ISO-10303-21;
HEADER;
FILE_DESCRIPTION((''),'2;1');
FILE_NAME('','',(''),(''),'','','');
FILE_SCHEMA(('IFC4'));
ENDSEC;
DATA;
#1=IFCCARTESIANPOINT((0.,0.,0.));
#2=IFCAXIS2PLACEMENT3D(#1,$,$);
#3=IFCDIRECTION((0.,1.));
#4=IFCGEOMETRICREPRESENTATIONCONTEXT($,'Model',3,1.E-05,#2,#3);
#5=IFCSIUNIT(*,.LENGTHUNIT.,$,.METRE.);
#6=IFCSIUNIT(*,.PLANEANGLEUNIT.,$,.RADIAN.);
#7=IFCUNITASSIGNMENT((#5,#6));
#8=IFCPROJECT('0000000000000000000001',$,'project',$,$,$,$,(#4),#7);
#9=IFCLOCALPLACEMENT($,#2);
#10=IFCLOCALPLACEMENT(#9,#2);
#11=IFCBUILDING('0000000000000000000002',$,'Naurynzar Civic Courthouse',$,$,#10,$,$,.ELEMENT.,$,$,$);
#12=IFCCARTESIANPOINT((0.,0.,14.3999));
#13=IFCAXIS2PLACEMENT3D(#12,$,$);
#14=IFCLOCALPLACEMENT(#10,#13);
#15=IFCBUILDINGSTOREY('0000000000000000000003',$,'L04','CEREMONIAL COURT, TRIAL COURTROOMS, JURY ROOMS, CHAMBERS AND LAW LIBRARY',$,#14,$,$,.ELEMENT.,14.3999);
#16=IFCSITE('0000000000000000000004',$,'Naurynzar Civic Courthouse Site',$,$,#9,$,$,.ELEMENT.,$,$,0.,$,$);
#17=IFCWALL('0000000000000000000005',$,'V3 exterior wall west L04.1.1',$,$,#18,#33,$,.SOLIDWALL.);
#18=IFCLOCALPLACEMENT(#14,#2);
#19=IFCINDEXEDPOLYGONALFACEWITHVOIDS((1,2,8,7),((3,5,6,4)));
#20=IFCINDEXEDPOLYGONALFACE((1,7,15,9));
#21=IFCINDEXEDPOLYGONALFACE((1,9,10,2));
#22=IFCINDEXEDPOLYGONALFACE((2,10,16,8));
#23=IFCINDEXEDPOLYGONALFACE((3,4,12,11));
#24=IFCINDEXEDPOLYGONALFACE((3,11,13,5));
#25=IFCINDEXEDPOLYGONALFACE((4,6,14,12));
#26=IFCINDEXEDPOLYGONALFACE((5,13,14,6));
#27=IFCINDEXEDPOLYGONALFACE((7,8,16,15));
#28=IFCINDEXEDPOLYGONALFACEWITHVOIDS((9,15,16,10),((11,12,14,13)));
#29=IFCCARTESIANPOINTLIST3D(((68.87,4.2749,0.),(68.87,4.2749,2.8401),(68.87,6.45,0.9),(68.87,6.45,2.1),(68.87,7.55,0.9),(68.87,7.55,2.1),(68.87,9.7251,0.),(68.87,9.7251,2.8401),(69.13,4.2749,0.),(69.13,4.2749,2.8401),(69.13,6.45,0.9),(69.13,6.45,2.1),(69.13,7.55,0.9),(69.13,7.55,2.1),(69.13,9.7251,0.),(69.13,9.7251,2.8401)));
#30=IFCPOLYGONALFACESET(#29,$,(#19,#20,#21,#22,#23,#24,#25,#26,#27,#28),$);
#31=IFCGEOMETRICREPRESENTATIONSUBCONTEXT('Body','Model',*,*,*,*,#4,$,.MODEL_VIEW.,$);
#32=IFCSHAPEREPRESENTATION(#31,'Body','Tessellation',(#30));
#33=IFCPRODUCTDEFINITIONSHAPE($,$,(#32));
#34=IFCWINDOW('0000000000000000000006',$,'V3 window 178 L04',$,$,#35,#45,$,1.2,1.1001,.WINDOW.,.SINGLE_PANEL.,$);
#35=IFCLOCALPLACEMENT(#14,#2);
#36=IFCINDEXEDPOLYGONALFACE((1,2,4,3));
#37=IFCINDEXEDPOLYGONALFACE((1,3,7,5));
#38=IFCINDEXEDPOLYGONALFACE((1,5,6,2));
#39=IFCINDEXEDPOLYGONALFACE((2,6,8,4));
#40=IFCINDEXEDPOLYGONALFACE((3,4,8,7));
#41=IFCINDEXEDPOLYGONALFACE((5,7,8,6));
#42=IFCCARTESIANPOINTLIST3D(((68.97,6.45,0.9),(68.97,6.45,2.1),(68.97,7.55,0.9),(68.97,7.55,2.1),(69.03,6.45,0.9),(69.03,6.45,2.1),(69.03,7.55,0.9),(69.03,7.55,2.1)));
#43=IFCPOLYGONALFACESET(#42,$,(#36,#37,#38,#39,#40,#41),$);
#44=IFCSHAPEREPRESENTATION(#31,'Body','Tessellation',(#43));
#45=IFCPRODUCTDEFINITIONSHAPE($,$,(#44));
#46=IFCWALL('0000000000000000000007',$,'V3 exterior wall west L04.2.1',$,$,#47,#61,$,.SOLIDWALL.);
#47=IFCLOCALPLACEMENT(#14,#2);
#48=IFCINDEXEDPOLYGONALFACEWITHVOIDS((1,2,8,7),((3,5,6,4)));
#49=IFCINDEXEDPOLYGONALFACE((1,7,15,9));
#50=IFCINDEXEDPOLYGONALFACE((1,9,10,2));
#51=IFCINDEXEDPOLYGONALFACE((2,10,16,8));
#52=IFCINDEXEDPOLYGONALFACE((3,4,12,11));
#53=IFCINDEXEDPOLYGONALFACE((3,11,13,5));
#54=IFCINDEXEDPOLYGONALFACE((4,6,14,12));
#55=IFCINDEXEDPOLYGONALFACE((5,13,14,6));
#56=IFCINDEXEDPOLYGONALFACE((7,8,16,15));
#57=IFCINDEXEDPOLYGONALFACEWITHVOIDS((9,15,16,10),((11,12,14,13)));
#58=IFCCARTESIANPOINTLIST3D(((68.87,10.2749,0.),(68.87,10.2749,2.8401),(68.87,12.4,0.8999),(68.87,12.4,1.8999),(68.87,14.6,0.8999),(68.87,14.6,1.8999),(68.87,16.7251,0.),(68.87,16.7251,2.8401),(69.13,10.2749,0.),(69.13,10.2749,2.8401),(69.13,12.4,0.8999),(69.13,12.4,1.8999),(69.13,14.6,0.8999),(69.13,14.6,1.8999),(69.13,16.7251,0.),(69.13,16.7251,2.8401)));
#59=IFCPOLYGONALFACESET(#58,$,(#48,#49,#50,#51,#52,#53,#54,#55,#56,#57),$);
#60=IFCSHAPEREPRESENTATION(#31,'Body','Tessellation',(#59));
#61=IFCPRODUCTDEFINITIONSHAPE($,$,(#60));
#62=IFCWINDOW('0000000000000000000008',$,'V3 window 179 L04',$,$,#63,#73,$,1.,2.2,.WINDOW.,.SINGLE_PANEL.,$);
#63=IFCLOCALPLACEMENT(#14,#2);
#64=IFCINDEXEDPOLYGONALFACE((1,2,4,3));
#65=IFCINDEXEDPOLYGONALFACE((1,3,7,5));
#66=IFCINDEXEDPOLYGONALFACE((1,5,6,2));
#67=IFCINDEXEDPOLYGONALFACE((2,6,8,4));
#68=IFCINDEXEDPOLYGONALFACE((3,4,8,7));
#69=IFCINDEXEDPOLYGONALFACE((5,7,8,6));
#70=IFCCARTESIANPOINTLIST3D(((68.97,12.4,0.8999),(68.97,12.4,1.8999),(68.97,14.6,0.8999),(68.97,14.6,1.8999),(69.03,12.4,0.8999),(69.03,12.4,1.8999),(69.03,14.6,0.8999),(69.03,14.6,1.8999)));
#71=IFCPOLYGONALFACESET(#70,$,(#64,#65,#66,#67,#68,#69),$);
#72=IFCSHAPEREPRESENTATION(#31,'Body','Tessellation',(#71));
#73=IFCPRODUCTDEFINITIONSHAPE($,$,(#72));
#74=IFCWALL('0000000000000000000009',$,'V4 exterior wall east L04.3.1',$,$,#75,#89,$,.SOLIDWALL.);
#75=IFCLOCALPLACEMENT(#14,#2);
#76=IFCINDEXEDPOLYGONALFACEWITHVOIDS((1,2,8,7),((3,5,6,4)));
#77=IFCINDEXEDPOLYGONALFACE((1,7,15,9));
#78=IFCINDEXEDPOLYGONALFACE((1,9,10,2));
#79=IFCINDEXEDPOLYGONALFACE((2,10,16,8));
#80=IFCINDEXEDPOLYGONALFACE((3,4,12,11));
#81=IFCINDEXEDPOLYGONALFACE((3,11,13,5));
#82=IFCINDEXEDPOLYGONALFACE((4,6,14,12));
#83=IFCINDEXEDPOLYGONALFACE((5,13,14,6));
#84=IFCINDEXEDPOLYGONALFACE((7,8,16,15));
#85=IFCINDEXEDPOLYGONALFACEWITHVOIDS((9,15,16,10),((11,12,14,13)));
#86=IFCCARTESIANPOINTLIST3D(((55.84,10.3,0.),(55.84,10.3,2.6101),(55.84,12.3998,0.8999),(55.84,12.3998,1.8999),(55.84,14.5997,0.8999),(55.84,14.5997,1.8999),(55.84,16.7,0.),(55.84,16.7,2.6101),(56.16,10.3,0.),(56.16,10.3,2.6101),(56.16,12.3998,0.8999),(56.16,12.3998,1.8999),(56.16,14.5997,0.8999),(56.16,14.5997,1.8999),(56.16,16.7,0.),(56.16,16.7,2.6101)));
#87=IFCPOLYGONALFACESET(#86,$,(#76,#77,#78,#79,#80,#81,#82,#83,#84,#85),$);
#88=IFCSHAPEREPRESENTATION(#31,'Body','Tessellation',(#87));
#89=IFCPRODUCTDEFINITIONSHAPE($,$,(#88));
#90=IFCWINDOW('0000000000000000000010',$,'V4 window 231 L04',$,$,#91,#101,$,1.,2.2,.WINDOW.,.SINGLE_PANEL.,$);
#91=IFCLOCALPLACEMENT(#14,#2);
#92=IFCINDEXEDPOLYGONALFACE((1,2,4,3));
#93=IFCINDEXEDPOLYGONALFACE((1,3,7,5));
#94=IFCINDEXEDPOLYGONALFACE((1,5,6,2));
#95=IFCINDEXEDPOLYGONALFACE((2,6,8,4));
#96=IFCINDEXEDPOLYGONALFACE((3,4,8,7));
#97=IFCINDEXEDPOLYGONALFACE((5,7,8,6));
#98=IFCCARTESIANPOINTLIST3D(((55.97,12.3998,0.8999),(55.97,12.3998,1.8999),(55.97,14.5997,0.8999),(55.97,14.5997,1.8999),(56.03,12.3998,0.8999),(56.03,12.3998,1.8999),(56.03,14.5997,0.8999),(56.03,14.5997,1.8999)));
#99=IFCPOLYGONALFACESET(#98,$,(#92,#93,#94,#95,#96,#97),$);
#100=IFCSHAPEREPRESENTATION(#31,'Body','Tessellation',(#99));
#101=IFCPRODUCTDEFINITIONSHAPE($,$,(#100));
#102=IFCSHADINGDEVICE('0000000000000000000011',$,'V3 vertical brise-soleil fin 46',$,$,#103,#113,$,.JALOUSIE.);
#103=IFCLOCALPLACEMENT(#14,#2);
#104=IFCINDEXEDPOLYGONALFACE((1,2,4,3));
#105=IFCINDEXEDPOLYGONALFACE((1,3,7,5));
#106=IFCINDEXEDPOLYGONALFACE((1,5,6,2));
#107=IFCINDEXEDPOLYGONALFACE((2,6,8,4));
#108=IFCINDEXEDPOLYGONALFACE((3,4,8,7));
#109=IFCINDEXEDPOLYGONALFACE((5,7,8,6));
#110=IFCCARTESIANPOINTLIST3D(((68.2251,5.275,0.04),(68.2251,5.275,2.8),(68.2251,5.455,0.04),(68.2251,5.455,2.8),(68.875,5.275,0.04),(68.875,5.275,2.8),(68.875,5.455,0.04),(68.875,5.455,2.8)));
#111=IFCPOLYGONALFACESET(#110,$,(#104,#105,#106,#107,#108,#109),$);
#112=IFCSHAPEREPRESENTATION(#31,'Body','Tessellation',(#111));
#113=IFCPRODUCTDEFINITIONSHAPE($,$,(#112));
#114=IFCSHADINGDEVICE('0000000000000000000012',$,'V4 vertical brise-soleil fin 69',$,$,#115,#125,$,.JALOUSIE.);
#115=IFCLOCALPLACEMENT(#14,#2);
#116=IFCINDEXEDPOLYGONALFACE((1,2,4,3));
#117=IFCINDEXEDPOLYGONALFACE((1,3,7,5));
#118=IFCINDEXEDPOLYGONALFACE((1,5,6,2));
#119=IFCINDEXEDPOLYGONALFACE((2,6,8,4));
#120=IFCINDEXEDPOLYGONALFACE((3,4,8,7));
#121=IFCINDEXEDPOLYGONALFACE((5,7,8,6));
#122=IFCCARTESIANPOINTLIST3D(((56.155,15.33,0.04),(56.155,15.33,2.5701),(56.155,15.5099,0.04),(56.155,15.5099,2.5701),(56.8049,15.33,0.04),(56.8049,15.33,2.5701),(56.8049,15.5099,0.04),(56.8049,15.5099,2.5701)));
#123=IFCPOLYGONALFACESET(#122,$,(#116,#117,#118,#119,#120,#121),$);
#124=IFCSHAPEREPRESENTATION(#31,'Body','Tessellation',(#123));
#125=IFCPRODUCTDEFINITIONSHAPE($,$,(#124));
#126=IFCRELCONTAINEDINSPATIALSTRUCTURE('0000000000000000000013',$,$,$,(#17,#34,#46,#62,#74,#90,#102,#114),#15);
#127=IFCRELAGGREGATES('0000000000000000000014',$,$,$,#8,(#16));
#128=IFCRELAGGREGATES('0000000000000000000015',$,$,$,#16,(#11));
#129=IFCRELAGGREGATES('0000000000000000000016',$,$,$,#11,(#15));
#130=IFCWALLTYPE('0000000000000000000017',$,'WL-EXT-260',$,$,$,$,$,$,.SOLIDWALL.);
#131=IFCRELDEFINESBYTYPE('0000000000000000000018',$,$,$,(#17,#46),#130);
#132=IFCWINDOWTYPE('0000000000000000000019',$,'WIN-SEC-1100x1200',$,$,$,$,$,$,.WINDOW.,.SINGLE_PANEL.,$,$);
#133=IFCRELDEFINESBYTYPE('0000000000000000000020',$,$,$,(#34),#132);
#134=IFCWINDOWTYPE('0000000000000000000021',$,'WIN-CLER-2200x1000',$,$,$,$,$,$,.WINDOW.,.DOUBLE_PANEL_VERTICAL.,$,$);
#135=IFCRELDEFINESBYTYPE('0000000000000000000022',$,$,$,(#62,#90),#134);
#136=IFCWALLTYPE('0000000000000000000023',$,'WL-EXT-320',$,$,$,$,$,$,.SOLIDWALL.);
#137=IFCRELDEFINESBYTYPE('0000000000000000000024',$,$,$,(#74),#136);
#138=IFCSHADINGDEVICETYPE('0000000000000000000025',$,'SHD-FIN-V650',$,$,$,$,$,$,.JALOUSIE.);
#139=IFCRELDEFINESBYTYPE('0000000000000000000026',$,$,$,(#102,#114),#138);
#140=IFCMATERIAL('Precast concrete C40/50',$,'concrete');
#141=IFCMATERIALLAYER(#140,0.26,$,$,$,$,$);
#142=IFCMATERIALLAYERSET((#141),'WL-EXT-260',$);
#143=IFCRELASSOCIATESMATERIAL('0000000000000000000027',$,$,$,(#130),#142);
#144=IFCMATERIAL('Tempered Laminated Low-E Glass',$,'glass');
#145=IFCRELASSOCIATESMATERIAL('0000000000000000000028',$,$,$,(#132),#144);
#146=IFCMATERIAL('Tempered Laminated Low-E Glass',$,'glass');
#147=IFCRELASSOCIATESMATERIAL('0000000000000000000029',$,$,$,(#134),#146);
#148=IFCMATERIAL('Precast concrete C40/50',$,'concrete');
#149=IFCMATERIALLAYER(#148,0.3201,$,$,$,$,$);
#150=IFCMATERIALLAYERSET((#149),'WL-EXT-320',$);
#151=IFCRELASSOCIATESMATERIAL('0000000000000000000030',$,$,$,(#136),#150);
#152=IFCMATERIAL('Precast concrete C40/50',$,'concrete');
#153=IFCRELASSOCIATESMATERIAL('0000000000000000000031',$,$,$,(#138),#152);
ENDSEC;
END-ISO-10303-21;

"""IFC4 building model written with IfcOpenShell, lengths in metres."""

from ifc_helpers import new_model, si_unit, direction, frame, frame_2d, origin, origin_2d, place, context, subcontext, project, spatial, rectangle, extrude, material, layer, layer_set, type_object, element, fill, save


model = new_model("IFC4")

# Units and contexts
model_context = context("Model", 3, precision=1e-05, world=origin(), true_north=direction((0.0, 1.0)))
body_context = subcontext(model_context, "Body", "Model", "MODEL_VIEW")
ifc_project = project(units=[si_unit("LENGTHUNIT", "METRE"), si_unit("PLANEANGLEUNIT", "RADIAN")], contexts=[model_context])

# Site, building, storey
site_placement = place(None, origin())
site = spatial("IfcSite", under=ifc_project, at=site_placement, Name="Naurynzar Civic Courthouse Site", CompositionType="ELEMENT", RefElevation=0.0)
building_placement = place(site_placement, origin())
building = spatial("IfcBuilding", under=site, at=building_placement, Name="Naurynzar Civic Courthouse", CompositionType="ELEMENT")
storey_placement = place(building_placement, frame((0.0, 0.0, 14.3999)))
storey = spatial("IfcBuildingStorey", under=building, at=storey_placement, Name="L04", Description="CEREMONIAL COURT, TRIAL COURTROOMS, JURY ROOMS, CHAMBERS AND LAW LIBRARY", CompositionType="ELEMENT", Elevation=14.3999)

# Walls, openings, windows
ifc_material_1 = material(Name="Precast concrete C40/50", Category="concrete")
ifc_layer_1 = layer(ifc_material_1, 0.26)
ifc_layer_set_1 = layer_set([ifc_layer_1], Name="WL-EXT-260")
wall_type_1 = type_object("IfcWallType", Name="WL-EXT-260", PredefinedType="SOLIDWALL", material=ifc_layer_set_1)
wall_1_placement = place(storey_placement, frame((69.0, 4.2749, 0.0), z_axis=(0.0, 0.0, 1.0), x_axis=(0.0, 1.0, 0.0)))
wall_1 = element("IfcWall", 1, at=wall_1_placement, inside=storey, type_object=wall_type_1, Name="V3 exterior wall west L04.1.1", PredefinedType="SOLIDWALL", context=body_context, shape_type="SweptSolid", body=[
    extrude(rectangle(XDim=5.4502, YDim=0.26, at=frame_2d((2.7251, 0.0))), origin(), (0.0, 0.0, 1.0), 2.8401),
])
opening_1_placement = place(wall_1_placement, frame((2.175, 0.0, 0.8999)))
opening_1 = element("IfcOpeningElement", 2, at=opening_1_placement, cuts=wall_1, PredefinedType="OPENING", context=body_context, shape_type="SweptSolid", body=[
    extrude(rectangle(XDim=1.1001, YDim=1.2, at=frame_2d((0.55, 0.6001))), frame((0.0, 0.1399, 0.0), z_axis=(0.0, -1.0, 0.0), x_axis=(1.0, 0.0, 0.0)), (0.0, 0.0, 1.0), 0.28),
])
ifc_material_2 = material(Name="Tempered Laminated Low-E Glass", Category="glass")
window_type_1 = type_object("IfcWindowType", Name="WIN-SEC-1100x1200", PartitioningType="SINGLE_PANEL", PredefinedType="WINDOW", material=ifc_material_2)
window_1_placement = place(opening_1_placement, origin())
window_1 = element("IfcWindow", 3, at=window_1_placement, inside=storey, type_object=window_type_1, Name="V3 window 178 L04", OverallHeight=1.2, OverallWidth=1.1001, PartitioningType="SINGLE_PANEL", PredefinedType="WINDOW", context=body_context, shape_type="SweptSolid", body=[
    extrude(rectangle(XDim=1.1001, YDim=1.2, at=frame_2d((0.55, 0.6001))), frame((0.0, 0.03, 0.0), z_axis=(0.0, -1.0, 0.0), x_axis=(1.0, 0.0, 0.0)), (0.0, 0.0, 1.0), 0.0601),
])
fill(opening_1, window_1)
wall_2_placement = place(storey_placement, frame((69.0, 10.2749, 0.0), z_axis=(0.0, 0.0, 1.0), x_axis=(0.0, 1.0, 0.0)))
wall_2 = element("IfcWall", 4, at=wall_2_placement, inside=storey, type_object=wall_type_1, Name="V3 exterior wall west L04.2.1", PredefinedType="SOLIDWALL", context=body_context, shape_type="SweptSolid", body=[
    extrude(rectangle(XDim=6.4502, YDim=0.26, at=frame_2d((3.2251, 0.0))), origin(), (0.0, 0.0, 1.0), 2.8401),
])
opening_2_placement = place(wall_2_placement, frame((2.125, 0.0, 0.8999)))
opening_2 = element("IfcOpeningElement", 5, at=opening_2_placement, cuts=wall_2, PredefinedType="OPENING", context=body_context, shape_type="SweptSolid", body=[
    extrude(rectangle(XDim=2.2, YDim=1.0, at=frame_2d((1.1001, 0.5))), frame((0.0, 0.1399, 0.0), z_axis=(0.0, -1.0, 0.0), x_axis=(1.0, 0.0, 0.0)), (0.0, 0.0, 1.0), 0.28),
])
ifc_material_3 = material(Name="Tempered Laminated Low-E Glass", Category="glass")
window_type_2 = type_object("IfcWindowType", Name="WIN-CLER-2200x1000", PartitioningType="DOUBLE_PANEL_VERTICAL", PredefinedType="WINDOW", material=ifc_material_3)
window_2_placement = place(opening_2_placement, origin())
window_2 = element("IfcWindow", 6, at=window_2_placement, inside=storey, type_object=window_type_2, Name="V3 window 179 L04", OverallHeight=1.0, OverallWidth=2.2, PartitioningType="SINGLE_PANEL", PredefinedType="WINDOW", context=body_context, shape_type="SweptSolid", body=[
    extrude(rectangle(XDim=2.2, YDim=1.0, at=frame_2d((1.1001, 0.5))), frame((0.0, 0.03, 0.0), z_axis=(0.0, -1.0, 0.0), x_axis=(1.0, 0.0, 0.0)), (0.0, 0.0, 1.0), 0.0601),
])
fill(opening_2, window_2)
ifc_material_4 = material(Name="Precast concrete C40/50", Category="concrete")
ifc_layer_2 = layer(ifc_material_4, 0.3201)
ifc_layer_set_2 = layer_set([ifc_layer_2], Name="WL-EXT-320")
wall_type_2 = type_object("IfcWallType", Name="WL-EXT-320", PredefinedType="SOLIDWALL", material=ifc_layer_set_2)
wall_3_placement = place(storey_placement, frame((56.0, 16.7, 0.0), z_axis=(0.0, 0.0, 1.0), x_axis=(0.0, -1.0, 0.0)))
wall_3 = element("IfcWall", 7, at=wall_3_placement, inside=storey, type_object=wall_type_2, Name="V4 exterior wall east L04.3.1", PredefinedType="SOLIDWALL", context=body_context, shape_type="SweptSolid", body=[
    extrude(rectangle(XDim=6.3999, YDim=0.3201, at=frame_2d((3.2, 0.0))), origin(), (0.0, 0.0, 1.0), 2.6101),
])
opening_3_placement = place(wall_3_placement, frame((2.1001, 0.0, 0.8999)))
opening_3 = element("IfcOpeningElement", 8, at=opening_3_placement, cuts=wall_3, PredefinedType="OPENING", context=body_context, shape_type="SweptSolid", body=[
    extrude(rectangle(XDim=2.2, YDim=1.0, at=frame_2d((1.1001, 0.5))), frame((0.0, 0.1699, 0.0), z_axis=(0.0, -1.0, 0.0), x_axis=(1.0, 0.0, 0.0)), (0.0, 0.0, 1.0), 0.3401),
])
window_3_placement = place(opening_3_placement, origin())
window_3 = element("IfcWindow", 9, at=window_3_placement, inside=storey, type_object=window_type_2, Name="V4 window 231 L04", OverallHeight=1.0, OverallWidth=2.2, PartitioningType="SINGLE_PANEL", PredefinedType="WINDOW", context=body_context, shape_type="SweptSolid", body=[
    extrude(rectangle(XDim=2.2, YDim=1.0, at=frame_2d((1.1001, 0.5))), frame((0.0, 0.03, 0.0), z_axis=(0.0, -1.0, 0.0), x_axis=(1.0, 0.0, 0.0)), (0.0, 0.0, 1.0), 0.0601),
])
fill(opening_3, window_3)

# Shading devices
ifc_material_5 = material(Name="Precast concrete C40/50", Category="concrete")
shading_device_type = type_object("IfcShadingDeviceType", Name="SHD-FIN-V650", PredefinedType="JALOUSIE", material=ifc_material_5)
shading_device_1_placement = place(storey_placement, frame((68.55, 5.365, 0.04), z_axis=(0.0, 0.0, 1.0), x_axis=(0.0, 1.0, 0.0)))
element("IfcShadingDevice", 10, at=shading_device_1_placement, inside=storey, type_object=shading_device_type, Name="V3 vertical brise-soleil fin 46", PredefinedType="JALOUSIE", context=body_context, shape_type="SweptSolid", body=[
    extrude(rectangle(XDim=0.1799, YDim=0.6499, at=origin_2d()), origin(), (0.0, 0.0, 1.0), 2.76),
])
shading_device_2_placement = place(storey_placement, frame((56.48, 15.4199, 0.04), z_axis=(0.0, 0.0, 1.0), x_axis=(0.0, -1.0, 0.0)))
element("IfcShadingDevice", 11, at=shading_device_2_placement, inside=storey, type_object=shading_device_type, Name="V4 vertical brise-soleil fin 69", PredefinedType="JALOUSIE", context=body_context, shape_type="SweptSolid", body=[
    extrude(rectangle(XDim=0.1799, YDim=0.6499, at=origin_2d()), origin(), (0.0, 0.0, 1.0), 2.53),
])

save(model, "model.ifc")
